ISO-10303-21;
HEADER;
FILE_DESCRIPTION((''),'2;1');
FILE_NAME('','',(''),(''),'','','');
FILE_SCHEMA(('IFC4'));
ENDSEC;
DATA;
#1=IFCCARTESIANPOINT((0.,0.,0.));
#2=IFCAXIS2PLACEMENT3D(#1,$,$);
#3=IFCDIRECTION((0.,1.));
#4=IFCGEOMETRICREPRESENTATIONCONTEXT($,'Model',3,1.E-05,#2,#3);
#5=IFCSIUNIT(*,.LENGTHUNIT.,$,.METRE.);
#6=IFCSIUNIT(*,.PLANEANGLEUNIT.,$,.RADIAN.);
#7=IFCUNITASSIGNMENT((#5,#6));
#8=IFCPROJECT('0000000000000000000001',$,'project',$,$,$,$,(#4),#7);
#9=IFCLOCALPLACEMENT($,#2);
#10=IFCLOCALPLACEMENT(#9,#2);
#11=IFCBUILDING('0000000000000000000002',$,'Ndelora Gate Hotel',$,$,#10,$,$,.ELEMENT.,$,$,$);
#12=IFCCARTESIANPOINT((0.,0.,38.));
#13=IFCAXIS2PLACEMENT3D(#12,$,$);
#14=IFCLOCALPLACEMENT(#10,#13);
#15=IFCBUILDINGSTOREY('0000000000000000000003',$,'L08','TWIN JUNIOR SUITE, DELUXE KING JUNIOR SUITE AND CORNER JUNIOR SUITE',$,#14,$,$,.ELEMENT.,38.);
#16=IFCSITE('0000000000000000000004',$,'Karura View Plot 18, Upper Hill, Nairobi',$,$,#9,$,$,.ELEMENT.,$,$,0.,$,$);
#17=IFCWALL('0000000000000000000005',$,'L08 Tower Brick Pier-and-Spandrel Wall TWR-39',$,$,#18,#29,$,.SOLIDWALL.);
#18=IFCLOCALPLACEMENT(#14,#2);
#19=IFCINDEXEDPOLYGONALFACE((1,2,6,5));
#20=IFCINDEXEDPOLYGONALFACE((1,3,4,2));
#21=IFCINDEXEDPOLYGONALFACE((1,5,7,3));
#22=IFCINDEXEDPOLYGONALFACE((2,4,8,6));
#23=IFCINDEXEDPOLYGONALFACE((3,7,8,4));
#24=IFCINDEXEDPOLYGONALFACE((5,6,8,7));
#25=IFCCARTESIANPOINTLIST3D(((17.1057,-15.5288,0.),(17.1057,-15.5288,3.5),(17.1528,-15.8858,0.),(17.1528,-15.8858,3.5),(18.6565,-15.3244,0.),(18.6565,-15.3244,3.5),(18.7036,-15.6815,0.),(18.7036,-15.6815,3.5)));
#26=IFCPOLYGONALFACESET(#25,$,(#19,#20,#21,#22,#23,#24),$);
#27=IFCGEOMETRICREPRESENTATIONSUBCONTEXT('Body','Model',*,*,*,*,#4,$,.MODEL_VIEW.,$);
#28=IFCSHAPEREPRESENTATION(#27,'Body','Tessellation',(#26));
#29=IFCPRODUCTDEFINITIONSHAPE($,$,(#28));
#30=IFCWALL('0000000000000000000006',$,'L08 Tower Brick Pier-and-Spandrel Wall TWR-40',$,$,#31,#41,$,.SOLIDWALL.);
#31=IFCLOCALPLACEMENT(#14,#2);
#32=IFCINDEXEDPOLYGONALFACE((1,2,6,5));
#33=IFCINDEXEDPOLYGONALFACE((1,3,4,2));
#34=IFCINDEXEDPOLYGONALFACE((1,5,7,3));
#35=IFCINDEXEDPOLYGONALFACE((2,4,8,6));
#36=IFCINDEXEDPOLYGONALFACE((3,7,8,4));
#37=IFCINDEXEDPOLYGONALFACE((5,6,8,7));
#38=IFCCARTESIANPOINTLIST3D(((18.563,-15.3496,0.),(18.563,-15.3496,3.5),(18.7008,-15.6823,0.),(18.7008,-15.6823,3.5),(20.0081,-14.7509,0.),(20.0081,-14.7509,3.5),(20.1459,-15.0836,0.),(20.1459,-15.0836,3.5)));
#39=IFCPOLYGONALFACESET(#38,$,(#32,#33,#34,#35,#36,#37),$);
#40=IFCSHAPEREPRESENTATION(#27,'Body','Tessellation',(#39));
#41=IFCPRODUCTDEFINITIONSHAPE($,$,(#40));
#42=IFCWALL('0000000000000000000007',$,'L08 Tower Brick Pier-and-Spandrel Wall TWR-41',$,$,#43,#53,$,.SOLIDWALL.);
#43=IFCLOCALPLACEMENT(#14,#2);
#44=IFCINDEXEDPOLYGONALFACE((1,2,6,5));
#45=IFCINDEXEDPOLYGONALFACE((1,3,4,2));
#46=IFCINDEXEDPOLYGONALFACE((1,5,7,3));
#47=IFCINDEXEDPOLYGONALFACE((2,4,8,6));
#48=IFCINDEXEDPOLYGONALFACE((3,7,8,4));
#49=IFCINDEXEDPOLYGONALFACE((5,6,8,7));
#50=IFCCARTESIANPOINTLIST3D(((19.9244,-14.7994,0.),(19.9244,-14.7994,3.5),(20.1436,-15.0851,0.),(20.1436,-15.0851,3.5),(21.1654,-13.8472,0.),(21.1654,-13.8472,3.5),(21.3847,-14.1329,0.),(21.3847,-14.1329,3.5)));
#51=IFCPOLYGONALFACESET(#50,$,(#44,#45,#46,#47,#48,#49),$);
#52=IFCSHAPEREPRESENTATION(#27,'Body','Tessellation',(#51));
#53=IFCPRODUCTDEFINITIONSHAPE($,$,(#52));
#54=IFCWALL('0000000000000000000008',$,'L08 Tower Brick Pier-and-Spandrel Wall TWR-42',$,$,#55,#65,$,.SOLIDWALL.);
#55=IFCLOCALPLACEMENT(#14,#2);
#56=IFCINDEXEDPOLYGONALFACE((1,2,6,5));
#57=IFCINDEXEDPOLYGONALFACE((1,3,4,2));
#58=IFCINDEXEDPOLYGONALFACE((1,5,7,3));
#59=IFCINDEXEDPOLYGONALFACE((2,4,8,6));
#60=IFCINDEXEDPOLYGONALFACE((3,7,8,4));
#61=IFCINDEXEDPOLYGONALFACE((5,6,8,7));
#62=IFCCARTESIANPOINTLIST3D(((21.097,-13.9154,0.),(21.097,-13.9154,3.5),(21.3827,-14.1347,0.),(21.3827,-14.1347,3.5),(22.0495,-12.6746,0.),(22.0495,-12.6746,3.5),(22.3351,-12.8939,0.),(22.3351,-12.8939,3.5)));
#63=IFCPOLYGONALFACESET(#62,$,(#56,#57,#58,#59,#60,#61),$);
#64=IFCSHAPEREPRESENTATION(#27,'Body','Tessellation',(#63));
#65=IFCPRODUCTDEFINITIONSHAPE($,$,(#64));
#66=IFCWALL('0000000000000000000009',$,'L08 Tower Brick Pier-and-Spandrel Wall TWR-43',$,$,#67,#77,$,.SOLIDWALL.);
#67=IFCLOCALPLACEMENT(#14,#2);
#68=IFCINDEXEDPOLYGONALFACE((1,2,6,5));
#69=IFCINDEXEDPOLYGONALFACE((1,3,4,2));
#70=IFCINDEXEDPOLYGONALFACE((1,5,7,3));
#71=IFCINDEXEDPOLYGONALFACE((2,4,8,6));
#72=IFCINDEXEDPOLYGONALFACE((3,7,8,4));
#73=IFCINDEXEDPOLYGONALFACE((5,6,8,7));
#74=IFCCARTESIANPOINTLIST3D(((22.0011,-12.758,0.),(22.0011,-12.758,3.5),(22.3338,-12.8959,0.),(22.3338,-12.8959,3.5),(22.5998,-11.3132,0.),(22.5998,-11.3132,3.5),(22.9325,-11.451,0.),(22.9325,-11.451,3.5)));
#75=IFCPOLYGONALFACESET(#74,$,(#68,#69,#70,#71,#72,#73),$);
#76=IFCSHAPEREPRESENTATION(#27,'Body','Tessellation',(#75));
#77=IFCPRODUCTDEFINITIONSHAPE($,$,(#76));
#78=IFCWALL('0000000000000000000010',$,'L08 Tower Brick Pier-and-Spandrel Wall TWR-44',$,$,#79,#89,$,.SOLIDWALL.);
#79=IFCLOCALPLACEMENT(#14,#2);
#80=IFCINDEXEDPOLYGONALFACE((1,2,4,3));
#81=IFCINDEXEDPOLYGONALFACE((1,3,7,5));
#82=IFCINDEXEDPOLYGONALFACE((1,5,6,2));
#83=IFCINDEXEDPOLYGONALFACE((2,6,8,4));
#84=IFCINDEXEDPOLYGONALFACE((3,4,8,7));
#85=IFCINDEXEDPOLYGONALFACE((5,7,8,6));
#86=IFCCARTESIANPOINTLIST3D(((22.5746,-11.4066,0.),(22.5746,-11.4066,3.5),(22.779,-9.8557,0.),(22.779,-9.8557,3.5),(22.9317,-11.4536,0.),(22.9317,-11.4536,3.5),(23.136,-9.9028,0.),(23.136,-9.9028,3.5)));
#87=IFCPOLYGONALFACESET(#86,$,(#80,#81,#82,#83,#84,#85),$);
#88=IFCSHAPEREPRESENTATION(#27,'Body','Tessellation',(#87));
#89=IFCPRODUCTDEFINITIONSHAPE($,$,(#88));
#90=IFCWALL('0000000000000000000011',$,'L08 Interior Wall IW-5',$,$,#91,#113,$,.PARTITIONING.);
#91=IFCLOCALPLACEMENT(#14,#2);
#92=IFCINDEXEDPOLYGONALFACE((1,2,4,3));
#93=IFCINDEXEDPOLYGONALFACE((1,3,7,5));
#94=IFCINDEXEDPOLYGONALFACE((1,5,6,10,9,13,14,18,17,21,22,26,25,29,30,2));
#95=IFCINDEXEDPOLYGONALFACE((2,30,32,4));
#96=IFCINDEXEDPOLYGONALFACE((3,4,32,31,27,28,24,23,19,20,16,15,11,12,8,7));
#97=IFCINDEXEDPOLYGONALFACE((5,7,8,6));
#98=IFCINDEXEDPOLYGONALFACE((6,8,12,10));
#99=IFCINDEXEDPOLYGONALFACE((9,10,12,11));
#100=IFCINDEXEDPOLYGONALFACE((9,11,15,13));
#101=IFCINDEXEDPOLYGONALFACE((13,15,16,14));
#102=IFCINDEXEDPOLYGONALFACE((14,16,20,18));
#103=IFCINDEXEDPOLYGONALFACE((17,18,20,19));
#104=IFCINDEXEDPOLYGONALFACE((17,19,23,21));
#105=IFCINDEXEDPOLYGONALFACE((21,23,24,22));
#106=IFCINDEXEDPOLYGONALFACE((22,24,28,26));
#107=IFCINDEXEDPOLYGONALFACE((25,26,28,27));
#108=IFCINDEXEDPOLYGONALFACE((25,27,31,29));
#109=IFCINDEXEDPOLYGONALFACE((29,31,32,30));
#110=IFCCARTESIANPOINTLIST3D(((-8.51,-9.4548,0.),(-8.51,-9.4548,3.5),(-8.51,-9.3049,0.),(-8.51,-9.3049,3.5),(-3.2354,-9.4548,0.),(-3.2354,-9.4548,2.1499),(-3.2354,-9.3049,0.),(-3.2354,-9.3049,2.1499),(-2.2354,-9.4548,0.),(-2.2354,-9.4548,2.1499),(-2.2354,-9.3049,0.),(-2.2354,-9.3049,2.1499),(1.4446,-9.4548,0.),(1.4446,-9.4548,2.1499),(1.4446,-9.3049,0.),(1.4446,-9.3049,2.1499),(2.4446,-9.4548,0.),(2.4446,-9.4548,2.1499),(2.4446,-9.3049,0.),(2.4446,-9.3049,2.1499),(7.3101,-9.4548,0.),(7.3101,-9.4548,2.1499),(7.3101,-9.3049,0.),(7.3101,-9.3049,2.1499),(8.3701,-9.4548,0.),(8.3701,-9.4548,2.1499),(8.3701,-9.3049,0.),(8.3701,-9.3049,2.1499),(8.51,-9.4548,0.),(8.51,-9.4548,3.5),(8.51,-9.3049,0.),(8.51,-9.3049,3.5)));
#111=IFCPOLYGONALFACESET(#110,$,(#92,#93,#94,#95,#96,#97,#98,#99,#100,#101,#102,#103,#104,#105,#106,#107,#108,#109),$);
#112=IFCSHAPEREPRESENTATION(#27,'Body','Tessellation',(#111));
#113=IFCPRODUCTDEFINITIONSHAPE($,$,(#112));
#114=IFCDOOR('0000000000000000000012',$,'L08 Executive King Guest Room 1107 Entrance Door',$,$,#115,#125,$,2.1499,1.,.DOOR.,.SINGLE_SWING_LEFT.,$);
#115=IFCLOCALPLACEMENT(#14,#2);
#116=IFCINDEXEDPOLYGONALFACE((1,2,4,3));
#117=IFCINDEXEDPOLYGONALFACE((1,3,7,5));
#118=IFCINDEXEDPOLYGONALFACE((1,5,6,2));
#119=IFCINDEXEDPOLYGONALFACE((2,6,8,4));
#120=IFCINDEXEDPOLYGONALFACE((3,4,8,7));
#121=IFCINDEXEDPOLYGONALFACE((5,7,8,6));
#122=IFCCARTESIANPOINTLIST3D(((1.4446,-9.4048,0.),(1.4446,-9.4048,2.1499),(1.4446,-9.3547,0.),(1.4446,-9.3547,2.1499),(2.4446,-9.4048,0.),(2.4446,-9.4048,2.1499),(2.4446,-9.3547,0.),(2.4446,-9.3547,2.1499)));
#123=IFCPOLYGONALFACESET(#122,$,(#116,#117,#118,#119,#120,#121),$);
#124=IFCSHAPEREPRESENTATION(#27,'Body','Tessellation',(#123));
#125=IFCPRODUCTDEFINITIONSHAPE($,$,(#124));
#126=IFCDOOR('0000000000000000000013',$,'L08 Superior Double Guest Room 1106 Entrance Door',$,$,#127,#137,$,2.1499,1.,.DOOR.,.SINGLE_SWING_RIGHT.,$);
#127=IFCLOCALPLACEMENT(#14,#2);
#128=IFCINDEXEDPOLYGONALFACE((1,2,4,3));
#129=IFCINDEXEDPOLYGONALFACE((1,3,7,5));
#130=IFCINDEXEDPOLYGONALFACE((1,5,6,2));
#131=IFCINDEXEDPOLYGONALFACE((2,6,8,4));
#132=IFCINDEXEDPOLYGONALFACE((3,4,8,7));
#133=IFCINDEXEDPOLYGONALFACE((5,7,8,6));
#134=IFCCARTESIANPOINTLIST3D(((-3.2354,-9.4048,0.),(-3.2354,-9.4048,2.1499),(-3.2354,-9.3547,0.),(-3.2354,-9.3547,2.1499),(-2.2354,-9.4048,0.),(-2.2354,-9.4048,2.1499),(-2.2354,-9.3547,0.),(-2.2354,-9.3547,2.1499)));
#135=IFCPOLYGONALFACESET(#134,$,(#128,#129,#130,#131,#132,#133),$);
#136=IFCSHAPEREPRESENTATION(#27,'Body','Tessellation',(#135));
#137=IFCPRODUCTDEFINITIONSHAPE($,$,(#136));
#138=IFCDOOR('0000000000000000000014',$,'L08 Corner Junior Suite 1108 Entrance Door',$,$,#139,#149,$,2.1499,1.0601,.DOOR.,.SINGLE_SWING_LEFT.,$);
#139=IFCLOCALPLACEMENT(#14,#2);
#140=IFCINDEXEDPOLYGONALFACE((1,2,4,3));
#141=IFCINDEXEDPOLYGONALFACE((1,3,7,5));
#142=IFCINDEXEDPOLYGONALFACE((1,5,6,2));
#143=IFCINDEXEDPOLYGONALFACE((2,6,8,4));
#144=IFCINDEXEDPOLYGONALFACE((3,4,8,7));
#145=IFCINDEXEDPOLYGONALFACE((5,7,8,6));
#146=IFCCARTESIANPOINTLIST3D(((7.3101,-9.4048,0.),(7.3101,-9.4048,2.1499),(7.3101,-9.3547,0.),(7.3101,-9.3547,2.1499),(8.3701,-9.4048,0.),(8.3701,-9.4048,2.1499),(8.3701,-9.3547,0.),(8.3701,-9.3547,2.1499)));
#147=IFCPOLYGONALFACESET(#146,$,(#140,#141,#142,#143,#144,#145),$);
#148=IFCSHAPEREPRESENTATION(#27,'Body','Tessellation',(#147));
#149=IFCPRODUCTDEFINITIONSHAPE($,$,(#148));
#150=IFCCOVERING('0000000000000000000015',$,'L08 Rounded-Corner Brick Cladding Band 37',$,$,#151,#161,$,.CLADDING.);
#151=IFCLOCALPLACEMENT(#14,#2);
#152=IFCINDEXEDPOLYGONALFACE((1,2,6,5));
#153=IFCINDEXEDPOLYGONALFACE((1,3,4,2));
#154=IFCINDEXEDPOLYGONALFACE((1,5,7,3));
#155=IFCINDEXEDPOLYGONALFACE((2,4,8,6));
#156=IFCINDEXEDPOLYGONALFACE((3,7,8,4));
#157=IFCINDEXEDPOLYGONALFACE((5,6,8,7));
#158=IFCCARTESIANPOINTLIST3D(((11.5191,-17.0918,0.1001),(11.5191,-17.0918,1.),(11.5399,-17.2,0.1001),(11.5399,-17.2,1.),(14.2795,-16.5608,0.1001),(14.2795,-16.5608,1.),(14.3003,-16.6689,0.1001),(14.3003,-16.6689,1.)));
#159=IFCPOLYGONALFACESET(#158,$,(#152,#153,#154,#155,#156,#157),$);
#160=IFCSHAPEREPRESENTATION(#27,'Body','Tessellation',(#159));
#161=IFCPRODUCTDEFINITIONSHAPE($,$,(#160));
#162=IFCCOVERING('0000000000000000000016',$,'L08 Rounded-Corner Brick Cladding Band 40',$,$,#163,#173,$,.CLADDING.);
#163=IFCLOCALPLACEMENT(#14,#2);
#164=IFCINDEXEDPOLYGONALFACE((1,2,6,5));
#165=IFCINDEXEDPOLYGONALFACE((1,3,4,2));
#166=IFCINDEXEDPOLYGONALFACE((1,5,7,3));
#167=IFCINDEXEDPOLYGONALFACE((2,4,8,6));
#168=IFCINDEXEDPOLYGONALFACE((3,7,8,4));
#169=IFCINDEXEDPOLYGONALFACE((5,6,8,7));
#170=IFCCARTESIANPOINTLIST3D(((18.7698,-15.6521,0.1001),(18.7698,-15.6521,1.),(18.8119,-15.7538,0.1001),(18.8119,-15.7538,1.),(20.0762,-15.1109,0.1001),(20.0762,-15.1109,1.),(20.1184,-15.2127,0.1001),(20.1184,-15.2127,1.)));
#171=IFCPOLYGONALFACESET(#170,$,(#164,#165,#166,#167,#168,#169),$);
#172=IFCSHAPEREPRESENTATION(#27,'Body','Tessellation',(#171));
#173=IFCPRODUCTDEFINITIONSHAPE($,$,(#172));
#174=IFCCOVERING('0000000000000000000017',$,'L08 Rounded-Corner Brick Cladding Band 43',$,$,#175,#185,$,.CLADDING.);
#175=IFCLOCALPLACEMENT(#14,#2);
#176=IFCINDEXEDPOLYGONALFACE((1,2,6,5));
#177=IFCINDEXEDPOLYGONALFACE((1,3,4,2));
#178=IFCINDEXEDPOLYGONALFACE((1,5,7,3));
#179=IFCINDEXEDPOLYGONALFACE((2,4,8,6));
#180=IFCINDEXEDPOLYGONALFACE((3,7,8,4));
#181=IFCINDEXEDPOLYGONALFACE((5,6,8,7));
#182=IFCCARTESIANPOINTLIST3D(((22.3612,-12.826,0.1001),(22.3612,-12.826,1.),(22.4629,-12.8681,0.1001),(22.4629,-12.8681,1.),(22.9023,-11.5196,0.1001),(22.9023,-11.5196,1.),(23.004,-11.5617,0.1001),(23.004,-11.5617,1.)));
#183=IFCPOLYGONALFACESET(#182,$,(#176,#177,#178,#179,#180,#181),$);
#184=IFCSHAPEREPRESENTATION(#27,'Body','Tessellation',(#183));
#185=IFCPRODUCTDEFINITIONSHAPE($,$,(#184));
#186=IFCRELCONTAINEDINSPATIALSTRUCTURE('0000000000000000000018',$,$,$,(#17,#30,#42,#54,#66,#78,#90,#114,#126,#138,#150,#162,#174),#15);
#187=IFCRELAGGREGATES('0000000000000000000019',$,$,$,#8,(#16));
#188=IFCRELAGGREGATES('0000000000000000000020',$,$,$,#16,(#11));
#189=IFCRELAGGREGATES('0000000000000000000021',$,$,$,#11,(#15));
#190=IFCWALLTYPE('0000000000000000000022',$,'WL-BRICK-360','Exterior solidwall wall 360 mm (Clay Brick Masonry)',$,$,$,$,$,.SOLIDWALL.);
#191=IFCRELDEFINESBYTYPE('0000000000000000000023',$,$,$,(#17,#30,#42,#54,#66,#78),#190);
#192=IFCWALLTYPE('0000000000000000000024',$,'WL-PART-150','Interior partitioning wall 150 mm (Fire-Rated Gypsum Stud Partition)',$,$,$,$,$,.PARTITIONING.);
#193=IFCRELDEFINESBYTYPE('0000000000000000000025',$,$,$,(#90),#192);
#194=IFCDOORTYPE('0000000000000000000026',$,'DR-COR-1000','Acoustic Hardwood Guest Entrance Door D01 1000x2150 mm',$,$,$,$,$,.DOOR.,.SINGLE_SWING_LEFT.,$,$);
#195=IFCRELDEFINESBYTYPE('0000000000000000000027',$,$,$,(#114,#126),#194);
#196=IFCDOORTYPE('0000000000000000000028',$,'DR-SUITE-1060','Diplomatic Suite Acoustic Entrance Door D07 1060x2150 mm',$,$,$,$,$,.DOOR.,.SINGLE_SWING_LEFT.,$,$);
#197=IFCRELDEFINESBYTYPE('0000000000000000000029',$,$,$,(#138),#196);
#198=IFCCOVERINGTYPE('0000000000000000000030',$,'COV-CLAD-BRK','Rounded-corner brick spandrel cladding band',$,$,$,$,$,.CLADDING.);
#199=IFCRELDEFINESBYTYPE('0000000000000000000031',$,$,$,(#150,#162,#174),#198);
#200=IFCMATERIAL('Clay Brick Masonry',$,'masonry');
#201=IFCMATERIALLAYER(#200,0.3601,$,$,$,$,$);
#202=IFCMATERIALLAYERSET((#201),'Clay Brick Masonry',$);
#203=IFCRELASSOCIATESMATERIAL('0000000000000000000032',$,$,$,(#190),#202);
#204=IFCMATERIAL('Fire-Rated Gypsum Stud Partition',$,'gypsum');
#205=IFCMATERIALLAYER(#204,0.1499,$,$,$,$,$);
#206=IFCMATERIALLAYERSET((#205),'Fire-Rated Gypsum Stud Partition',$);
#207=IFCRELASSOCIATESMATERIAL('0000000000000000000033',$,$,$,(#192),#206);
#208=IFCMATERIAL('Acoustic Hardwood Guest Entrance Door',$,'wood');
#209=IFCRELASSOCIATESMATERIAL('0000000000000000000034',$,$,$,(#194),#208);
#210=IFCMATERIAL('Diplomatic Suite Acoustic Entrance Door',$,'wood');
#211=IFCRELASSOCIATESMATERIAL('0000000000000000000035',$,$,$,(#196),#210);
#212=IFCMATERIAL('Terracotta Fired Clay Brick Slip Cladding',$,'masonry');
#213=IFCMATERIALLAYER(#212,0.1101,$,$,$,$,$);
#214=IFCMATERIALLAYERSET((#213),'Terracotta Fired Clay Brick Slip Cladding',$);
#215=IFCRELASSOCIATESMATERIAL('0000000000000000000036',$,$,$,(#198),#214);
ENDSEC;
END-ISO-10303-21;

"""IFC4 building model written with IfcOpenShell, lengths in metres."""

from ifc_helpers import new_model, si_unit, direction, frame, frame_2d, origin, origin_2d, place, context, subcontext, project, spatial, rectangle, extrude, material, layer, layer_set, type_object, element, fill, save


model = new_model("IFC4")

# Units and contexts
model_context = context("Model", 3, precision=1e-05, world=origin(), true_north=direction((0.0, 1.0)))
body_context = subcontext(model_context, "Body", "Model", "MODEL_VIEW")
ifc_project = project(units=[si_unit("LENGTHUNIT", "METRE"), si_unit("PLANEANGLEUNIT", "RADIAN")], contexts=[model_context])

# Site, building, storey
site_placement = place(None, origin())
site = spatial("IfcSite", under=ifc_project, at=site_placement, Name="Karura View Plot 18, Upper Hill, Nairobi", CompositionType="ELEMENT", RefElevation=0.0)
building_placement = place(site_placement, origin())
building = spatial("IfcBuilding", under=site, at=building_placement, Name="Ndelora Gate Hotel", CompositionType="ELEMENT")
storey_placement = place(building_placement, frame((0.0, 0.0, 38.0)))
storey = spatial("IfcBuildingStorey", under=building, at=storey_placement, Name="L08", Description="TWIN JUNIOR SUITE, DELUXE KING JUNIOR SUITE AND CORNER JUNIOR SUITE", CompositionType="ELEMENT", Elevation=38.0)

# Shared definitions
ifc_material_1 = material(Name="Clay Brick Masonry", Category="masonry")
ifc_layer_1 = layer(ifc_material_1, 0.3601)
ifc_layer_set_1 = layer_set([ifc_layer_1], Name="Clay Brick Masonry")
wall_type_1 = type_object("IfcWallType", Name="WL-BRICK-360", Description="Exterior solidwall wall 360 mm (Clay Brick Masonry)", PredefinedType="SOLIDWALL", material=ifc_layer_set_1)

# Walls
for number, where, z_axis, x_axis, name in (
    (1, (18.6802, -15.5029, 0.0), (0.0, 0.0, 1.0), (-0.99143, -0.13064, 0.0), "L08 Tower Brick Pier-and-Spandrel Wall TWR-39"),
    (2, (20.0771, -14.9172, 0.0), (0.0, 0.0, 1.0), (-0.923865, -0.382719, 0.0), "L08 Tower Brick Pier-and-Spandrel Wall TWR-40"),
    (3, (21.2751, -13.99, 0.0), (0.0, 0.0, 1.0), (-0.793378, -0.60873, 0.0), "L08 Tower Brick Pier-and-Spandrel Wall TWR-41"),
    (4, (22.1924, -12.7842, 0.0), (0.0, 0.0, 1.0), (-0.608903, -0.793244, 0.0), "L08 Tower Brick Pier-and-Spandrel Wall TWR-42"),
):
    element("IfcWall", number, at=place(storey_placement, frame(where, z_axis=z_axis, x_axis=x_axis)), inside=storey, type_object=wall_type_1, Name=name, PredefinedType="SOLIDWALL", context=body_context, shape_type="SweptSolid", body=[
        extrude(rectangle(XDim=1.5642, YDim=0.3601, at=frame_2d((0.7822, 0.0))), origin(), (0.0, 0.0, 1.0), 3.5),
    ])
wall_1_placement = place(storey_placement, frame((22.7661, -11.3821, 0.0), z_axis=(0.0, 0.0, 1.0), x_axis=(-0.382775, -0.923842, 0.0)))
element("IfcWall", 5, at=wall_1_placement, inside=storey, type_object=wall_type_1, Name="L08 Tower Brick Pier-and-Spandrel Wall TWR-43", PredefinedType="SOLIDWALL", context=body_context, shape_type="SweptSolid", body=[
    extrude(rectangle(XDim=1.564, YDim=0.3601, at=frame_2d((0.782, 0.0))), origin(), (0.0, 0.0, 1.0), 3.5),
])
wall_2_placement = place(storey_placement, frame((22.9575, -9.8792, 0.0), z_axis=(0.0, 0.0, 1.0), x_axis=(-0.13064, -0.99143, 0.0)))
element("IfcWall", 6, at=wall_2_placement, inside=storey, type_object=wall_type_1, Name="L08 Tower Brick Pier-and-Spandrel Wall TWR-44", PredefinedType="SOLIDWALL", context=body_context, shape_type="SweptSolid", body=[
    extrude(rectangle(XDim=1.5642, YDim=0.3601, at=frame_2d((0.7822, 0.0))), origin(), (0.0, 0.0, 1.0), 3.5),
])

# Wall, openings, doors
ifc_material_2 = material(Name="Fire-Rated Gypsum Stud Partition", Category="gypsum")
ifc_layer_2 = layer(ifc_material_2, 0.1499)
ifc_layer_set_2 = layer_set([ifc_layer_2], Name="Fire-Rated Gypsum Stud Partition")
wall_type_2 = type_object("IfcWallType", Name="WL-PART-150", Description="Interior partitioning wall 150 mm (Fire-Rated Gypsum Stud Partition)", PredefinedType="PARTITIONING", material=ifc_layer_set_2)
wall_3_placement = place(storey_placement, frame((8.51, -9.3799, 0.0), z_axis=(0.0, 0.0, 1.0), x_axis=(-1.0, 0.0, 0.0)))
wall_3 = element("IfcWall", 7, at=wall_3_placement, inside=storey, type_object=wall_type_2, Name="L08 Interior Wall IW-5", PredefinedType="PARTITIONING", context=body_context, shape_type="SweptSolid", body=[
    extrude(rectangle(XDim=17.02, YDim=0.1499, at=frame_2d((8.51, 0.0))), origin(), (0.0, 0.0, 1.0), 3.5),
])
opening_1_placement = place(wall_3_placement, frame((6.0654, 0.0, 0.0)))
opening_1 = element("IfcOpeningElement", 8, at=opening_1_placement, cuts=wall_3, PredefinedType="OPENING", context=body_context, shape_type="SweptSolid", body=[
    extrude(rectangle(XDim=1.0, YDim=2.1499, at=frame_2d((0.5, 1.075))), frame((0.0, 0.085, 0.0), z_axis=(0.0, -1.0, 0.0), x_axis=(1.0, 0.0, 0.0)), (0.0, 0.0, 1.0), 0.1699),
])
opening_2_placement = place(wall_3_placement, frame((10.7454, 0.0, 0.0)))
opening_2 = element("IfcOpeningElement", 9, at=opening_2_placement, cuts=wall_3, PredefinedType="OPENING", context=body_context, shape_type="SweptSolid", body=[
    extrude(rectangle(XDim=1.0, YDim=2.1499, at=frame_2d((0.5, 1.075))), frame((0.0, 0.085, 0.0), z_axis=(0.0, -1.0, 0.0), x_axis=(1.0, 0.0, 0.0)), (0.0, 0.0, 1.0), 0.1699),
])
opening_3_placement = place(wall_3_placement, frame((0.1399, 0.0, 0.0)))
opening_3 = element("IfcOpeningElement", 10, at=opening_3_placement, cuts=wall_3, PredefinedType="OPENING", context=body_context, shape_type="SweptSolid", body=[
    extrude(rectangle(XDim=1.0601, YDim=2.1499, at=frame_2d((0.53, 1.075))), frame((0.0, 0.085, 0.0), z_axis=(0.0, -1.0, 0.0), x_axis=(1.0, 0.0, 0.0)), (0.0, 0.0, 1.0), 0.1699),
])
ifc_material_3 = material(Name="Acoustic Hardwood Guest Entrance Door", Category="wood")
door_type_1 = type_object("IfcDoorType", Name="DR-COR-1000", Description="Acoustic Hardwood Guest Entrance Door D01 1000x2150 mm", OperationType="SINGLE_SWING_LEFT", PredefinedType="DOOR", material=ifc_material_3)
door_1_placement = place(opening_1_placement, origin())
door_1 = element("IfcDoor", 11, at=door_1_placement, inside=storey, type_object=door_type_1, Name="L08 Executive King Guest Room 1107 Entrance Door", OperationType="SINGLE_SWING_LEFT", OverallHeight=2.1499, OverallWidth=1.0, PredefinedType="DOOR", context=body_context, shape_type="SweptSolid", body=[
    extrude(rectangle(XDim=1.0, YDim=2.1499, at=frame_2d((0.5, 1.075))), frame((0.0, 0.0249, 0.0), z_axis=(0.0, -1.0, 0.0), x_axis=(1.0, 0.0, 0.0)), (0.0, 0.0, 1.0), 0.05),
])
fill(opening_1, door_1)
door_2_placement = place(opening_2_placement, origin())
door_2 = element("IfcDoor", 12, at=door_2_placement, inside=storey, type_object=door_type_1, Name="L08 Superior Double Guest Room 1106 Entrance Door", OperationType="SINGLE_SWING_RIGHT", OverallHeight=2.1499, OverallWidth=1.0, PredefinedType="DOOR", context=body_context, shape_type="SweptSolid", body=[
    extrude(rectangle(XDim=1.0, YDim=2.1499, at=frame_2d((0.5, 1.075))), frame((0.0, 0.0249, 0.0), z_axis=(0.0, -1.0, 0.0), x_axis=(1.0, 0.0, 0.0)), (0.0, 0.0, 1.0), 0.05),
])
fill(opening_2, door_2)
ifc_material_4 = material(Name="Diplomatic Suite Acoustic Entrance Door", Category="wood")
door_type_2 = type_object("IfcDoorType", Name="DR-SUITE-1060", Description="Diplomatic Suite Acoustic Entrance Door D07 1060x2150 mm", OperationType="SINGLE_SWING_LEFT", PredefinedType="DOOR", material=ifc_material_4)
door_3_placement = place(opening_3_placement, origin())
door_3 = element("IfcDoor", 13, at=door_3_placement, inside=storey, type_object=door_type_2, Name="L08 Corner Junior Suite 1108 Entrance Door", OperationType="SINGLE_SWING_LEFT", OverallHeight=2.1499, OverallWidth=1.0601, PredefinedType="DOOR", context=body_context, shape_type="SweptSolid", body=[
    extrude(rectangle(XDim=1.0601, YDim=2.1499, at=frame_2d((0.53, 1.075))), frame((0.0, 0.0249, 0.0), z_axis=(0.0, -1.0, 0.0), x_axis=(1.0, 0.0, 0.0)), (0.0, 0.0, 1.0), 0.05),
])
fill(opening_3, door_3)

# Coverings
ifc_material_5 = material(Name="Terracotta Fired Clay Brick Slip Cladding", Category="masonry")
ifc_layer_3 = layer(ifc_material_5, 0.1101)
ifc_layer_set_3 = layer_set([ifc_layer_3], Name="Terracotta Fired Clay Brick Slip Cladding")
covering_type_1 = type_object("IfcCoveringType", Name="COV-CLAD-BRK", Description="Rounded-corner brick spandrel cladding band", PredefinedType="CLADDING", material=ifc_layer_set_3)
covering_placement = place(storey_placement, frame((12.9097, -16.8804, 0.1001), z_axis=(0.0, 0.0, 1.0), x_axis=(0.981992, 0.188924, 0.0)))
element("IfcCovering", 14, at=covering_placement, inside=storey, type_object=covering_type_1, Name="L08 Rounded-Corner Brick Cladding Band 37", PredefinedType="CLADDING", context=body_context, shape_type="SweptSolid", body=[
    extrude(rectangle(XDim=2.811, YDim=0.1101, at=origin_2d()), origin(), (0.0, 0.0, 1.0), 0.8999),
])
for number, where, z_axis, x_axis, name in (
    (15, (19.4441, -15.4324, 0.1001), (0.0, 0.0, 1.0), (0.92388, 0.382683, 0.0), "L08 Rounded-Corner Brick Cladding Band 40"),
    (16, (22.6826, -12.1938, 0.1001), (0.0, 0.0, 1.0), (0.382683, 0.92388, 0.0), "L08 Rounded-Corner Brick Cladding Band 43"),
):
    element("IfcCovering", number, at=place(storey_placement, frame(where, z_axis=z_axis, x_axis=x_axis)), inside=storey, type_object=covering_type_1, Name=name, PredefinedType="CLADDING", context=body_context, shape_type="SweptSolid", body=[
        extrude(rectangle(XDim=1.4141, YDim=0.1101, at=origin_2d()), origin(), (0.0, 0.0, 1.0), 0.8999),
    ])

save(model, "model.ifc")
